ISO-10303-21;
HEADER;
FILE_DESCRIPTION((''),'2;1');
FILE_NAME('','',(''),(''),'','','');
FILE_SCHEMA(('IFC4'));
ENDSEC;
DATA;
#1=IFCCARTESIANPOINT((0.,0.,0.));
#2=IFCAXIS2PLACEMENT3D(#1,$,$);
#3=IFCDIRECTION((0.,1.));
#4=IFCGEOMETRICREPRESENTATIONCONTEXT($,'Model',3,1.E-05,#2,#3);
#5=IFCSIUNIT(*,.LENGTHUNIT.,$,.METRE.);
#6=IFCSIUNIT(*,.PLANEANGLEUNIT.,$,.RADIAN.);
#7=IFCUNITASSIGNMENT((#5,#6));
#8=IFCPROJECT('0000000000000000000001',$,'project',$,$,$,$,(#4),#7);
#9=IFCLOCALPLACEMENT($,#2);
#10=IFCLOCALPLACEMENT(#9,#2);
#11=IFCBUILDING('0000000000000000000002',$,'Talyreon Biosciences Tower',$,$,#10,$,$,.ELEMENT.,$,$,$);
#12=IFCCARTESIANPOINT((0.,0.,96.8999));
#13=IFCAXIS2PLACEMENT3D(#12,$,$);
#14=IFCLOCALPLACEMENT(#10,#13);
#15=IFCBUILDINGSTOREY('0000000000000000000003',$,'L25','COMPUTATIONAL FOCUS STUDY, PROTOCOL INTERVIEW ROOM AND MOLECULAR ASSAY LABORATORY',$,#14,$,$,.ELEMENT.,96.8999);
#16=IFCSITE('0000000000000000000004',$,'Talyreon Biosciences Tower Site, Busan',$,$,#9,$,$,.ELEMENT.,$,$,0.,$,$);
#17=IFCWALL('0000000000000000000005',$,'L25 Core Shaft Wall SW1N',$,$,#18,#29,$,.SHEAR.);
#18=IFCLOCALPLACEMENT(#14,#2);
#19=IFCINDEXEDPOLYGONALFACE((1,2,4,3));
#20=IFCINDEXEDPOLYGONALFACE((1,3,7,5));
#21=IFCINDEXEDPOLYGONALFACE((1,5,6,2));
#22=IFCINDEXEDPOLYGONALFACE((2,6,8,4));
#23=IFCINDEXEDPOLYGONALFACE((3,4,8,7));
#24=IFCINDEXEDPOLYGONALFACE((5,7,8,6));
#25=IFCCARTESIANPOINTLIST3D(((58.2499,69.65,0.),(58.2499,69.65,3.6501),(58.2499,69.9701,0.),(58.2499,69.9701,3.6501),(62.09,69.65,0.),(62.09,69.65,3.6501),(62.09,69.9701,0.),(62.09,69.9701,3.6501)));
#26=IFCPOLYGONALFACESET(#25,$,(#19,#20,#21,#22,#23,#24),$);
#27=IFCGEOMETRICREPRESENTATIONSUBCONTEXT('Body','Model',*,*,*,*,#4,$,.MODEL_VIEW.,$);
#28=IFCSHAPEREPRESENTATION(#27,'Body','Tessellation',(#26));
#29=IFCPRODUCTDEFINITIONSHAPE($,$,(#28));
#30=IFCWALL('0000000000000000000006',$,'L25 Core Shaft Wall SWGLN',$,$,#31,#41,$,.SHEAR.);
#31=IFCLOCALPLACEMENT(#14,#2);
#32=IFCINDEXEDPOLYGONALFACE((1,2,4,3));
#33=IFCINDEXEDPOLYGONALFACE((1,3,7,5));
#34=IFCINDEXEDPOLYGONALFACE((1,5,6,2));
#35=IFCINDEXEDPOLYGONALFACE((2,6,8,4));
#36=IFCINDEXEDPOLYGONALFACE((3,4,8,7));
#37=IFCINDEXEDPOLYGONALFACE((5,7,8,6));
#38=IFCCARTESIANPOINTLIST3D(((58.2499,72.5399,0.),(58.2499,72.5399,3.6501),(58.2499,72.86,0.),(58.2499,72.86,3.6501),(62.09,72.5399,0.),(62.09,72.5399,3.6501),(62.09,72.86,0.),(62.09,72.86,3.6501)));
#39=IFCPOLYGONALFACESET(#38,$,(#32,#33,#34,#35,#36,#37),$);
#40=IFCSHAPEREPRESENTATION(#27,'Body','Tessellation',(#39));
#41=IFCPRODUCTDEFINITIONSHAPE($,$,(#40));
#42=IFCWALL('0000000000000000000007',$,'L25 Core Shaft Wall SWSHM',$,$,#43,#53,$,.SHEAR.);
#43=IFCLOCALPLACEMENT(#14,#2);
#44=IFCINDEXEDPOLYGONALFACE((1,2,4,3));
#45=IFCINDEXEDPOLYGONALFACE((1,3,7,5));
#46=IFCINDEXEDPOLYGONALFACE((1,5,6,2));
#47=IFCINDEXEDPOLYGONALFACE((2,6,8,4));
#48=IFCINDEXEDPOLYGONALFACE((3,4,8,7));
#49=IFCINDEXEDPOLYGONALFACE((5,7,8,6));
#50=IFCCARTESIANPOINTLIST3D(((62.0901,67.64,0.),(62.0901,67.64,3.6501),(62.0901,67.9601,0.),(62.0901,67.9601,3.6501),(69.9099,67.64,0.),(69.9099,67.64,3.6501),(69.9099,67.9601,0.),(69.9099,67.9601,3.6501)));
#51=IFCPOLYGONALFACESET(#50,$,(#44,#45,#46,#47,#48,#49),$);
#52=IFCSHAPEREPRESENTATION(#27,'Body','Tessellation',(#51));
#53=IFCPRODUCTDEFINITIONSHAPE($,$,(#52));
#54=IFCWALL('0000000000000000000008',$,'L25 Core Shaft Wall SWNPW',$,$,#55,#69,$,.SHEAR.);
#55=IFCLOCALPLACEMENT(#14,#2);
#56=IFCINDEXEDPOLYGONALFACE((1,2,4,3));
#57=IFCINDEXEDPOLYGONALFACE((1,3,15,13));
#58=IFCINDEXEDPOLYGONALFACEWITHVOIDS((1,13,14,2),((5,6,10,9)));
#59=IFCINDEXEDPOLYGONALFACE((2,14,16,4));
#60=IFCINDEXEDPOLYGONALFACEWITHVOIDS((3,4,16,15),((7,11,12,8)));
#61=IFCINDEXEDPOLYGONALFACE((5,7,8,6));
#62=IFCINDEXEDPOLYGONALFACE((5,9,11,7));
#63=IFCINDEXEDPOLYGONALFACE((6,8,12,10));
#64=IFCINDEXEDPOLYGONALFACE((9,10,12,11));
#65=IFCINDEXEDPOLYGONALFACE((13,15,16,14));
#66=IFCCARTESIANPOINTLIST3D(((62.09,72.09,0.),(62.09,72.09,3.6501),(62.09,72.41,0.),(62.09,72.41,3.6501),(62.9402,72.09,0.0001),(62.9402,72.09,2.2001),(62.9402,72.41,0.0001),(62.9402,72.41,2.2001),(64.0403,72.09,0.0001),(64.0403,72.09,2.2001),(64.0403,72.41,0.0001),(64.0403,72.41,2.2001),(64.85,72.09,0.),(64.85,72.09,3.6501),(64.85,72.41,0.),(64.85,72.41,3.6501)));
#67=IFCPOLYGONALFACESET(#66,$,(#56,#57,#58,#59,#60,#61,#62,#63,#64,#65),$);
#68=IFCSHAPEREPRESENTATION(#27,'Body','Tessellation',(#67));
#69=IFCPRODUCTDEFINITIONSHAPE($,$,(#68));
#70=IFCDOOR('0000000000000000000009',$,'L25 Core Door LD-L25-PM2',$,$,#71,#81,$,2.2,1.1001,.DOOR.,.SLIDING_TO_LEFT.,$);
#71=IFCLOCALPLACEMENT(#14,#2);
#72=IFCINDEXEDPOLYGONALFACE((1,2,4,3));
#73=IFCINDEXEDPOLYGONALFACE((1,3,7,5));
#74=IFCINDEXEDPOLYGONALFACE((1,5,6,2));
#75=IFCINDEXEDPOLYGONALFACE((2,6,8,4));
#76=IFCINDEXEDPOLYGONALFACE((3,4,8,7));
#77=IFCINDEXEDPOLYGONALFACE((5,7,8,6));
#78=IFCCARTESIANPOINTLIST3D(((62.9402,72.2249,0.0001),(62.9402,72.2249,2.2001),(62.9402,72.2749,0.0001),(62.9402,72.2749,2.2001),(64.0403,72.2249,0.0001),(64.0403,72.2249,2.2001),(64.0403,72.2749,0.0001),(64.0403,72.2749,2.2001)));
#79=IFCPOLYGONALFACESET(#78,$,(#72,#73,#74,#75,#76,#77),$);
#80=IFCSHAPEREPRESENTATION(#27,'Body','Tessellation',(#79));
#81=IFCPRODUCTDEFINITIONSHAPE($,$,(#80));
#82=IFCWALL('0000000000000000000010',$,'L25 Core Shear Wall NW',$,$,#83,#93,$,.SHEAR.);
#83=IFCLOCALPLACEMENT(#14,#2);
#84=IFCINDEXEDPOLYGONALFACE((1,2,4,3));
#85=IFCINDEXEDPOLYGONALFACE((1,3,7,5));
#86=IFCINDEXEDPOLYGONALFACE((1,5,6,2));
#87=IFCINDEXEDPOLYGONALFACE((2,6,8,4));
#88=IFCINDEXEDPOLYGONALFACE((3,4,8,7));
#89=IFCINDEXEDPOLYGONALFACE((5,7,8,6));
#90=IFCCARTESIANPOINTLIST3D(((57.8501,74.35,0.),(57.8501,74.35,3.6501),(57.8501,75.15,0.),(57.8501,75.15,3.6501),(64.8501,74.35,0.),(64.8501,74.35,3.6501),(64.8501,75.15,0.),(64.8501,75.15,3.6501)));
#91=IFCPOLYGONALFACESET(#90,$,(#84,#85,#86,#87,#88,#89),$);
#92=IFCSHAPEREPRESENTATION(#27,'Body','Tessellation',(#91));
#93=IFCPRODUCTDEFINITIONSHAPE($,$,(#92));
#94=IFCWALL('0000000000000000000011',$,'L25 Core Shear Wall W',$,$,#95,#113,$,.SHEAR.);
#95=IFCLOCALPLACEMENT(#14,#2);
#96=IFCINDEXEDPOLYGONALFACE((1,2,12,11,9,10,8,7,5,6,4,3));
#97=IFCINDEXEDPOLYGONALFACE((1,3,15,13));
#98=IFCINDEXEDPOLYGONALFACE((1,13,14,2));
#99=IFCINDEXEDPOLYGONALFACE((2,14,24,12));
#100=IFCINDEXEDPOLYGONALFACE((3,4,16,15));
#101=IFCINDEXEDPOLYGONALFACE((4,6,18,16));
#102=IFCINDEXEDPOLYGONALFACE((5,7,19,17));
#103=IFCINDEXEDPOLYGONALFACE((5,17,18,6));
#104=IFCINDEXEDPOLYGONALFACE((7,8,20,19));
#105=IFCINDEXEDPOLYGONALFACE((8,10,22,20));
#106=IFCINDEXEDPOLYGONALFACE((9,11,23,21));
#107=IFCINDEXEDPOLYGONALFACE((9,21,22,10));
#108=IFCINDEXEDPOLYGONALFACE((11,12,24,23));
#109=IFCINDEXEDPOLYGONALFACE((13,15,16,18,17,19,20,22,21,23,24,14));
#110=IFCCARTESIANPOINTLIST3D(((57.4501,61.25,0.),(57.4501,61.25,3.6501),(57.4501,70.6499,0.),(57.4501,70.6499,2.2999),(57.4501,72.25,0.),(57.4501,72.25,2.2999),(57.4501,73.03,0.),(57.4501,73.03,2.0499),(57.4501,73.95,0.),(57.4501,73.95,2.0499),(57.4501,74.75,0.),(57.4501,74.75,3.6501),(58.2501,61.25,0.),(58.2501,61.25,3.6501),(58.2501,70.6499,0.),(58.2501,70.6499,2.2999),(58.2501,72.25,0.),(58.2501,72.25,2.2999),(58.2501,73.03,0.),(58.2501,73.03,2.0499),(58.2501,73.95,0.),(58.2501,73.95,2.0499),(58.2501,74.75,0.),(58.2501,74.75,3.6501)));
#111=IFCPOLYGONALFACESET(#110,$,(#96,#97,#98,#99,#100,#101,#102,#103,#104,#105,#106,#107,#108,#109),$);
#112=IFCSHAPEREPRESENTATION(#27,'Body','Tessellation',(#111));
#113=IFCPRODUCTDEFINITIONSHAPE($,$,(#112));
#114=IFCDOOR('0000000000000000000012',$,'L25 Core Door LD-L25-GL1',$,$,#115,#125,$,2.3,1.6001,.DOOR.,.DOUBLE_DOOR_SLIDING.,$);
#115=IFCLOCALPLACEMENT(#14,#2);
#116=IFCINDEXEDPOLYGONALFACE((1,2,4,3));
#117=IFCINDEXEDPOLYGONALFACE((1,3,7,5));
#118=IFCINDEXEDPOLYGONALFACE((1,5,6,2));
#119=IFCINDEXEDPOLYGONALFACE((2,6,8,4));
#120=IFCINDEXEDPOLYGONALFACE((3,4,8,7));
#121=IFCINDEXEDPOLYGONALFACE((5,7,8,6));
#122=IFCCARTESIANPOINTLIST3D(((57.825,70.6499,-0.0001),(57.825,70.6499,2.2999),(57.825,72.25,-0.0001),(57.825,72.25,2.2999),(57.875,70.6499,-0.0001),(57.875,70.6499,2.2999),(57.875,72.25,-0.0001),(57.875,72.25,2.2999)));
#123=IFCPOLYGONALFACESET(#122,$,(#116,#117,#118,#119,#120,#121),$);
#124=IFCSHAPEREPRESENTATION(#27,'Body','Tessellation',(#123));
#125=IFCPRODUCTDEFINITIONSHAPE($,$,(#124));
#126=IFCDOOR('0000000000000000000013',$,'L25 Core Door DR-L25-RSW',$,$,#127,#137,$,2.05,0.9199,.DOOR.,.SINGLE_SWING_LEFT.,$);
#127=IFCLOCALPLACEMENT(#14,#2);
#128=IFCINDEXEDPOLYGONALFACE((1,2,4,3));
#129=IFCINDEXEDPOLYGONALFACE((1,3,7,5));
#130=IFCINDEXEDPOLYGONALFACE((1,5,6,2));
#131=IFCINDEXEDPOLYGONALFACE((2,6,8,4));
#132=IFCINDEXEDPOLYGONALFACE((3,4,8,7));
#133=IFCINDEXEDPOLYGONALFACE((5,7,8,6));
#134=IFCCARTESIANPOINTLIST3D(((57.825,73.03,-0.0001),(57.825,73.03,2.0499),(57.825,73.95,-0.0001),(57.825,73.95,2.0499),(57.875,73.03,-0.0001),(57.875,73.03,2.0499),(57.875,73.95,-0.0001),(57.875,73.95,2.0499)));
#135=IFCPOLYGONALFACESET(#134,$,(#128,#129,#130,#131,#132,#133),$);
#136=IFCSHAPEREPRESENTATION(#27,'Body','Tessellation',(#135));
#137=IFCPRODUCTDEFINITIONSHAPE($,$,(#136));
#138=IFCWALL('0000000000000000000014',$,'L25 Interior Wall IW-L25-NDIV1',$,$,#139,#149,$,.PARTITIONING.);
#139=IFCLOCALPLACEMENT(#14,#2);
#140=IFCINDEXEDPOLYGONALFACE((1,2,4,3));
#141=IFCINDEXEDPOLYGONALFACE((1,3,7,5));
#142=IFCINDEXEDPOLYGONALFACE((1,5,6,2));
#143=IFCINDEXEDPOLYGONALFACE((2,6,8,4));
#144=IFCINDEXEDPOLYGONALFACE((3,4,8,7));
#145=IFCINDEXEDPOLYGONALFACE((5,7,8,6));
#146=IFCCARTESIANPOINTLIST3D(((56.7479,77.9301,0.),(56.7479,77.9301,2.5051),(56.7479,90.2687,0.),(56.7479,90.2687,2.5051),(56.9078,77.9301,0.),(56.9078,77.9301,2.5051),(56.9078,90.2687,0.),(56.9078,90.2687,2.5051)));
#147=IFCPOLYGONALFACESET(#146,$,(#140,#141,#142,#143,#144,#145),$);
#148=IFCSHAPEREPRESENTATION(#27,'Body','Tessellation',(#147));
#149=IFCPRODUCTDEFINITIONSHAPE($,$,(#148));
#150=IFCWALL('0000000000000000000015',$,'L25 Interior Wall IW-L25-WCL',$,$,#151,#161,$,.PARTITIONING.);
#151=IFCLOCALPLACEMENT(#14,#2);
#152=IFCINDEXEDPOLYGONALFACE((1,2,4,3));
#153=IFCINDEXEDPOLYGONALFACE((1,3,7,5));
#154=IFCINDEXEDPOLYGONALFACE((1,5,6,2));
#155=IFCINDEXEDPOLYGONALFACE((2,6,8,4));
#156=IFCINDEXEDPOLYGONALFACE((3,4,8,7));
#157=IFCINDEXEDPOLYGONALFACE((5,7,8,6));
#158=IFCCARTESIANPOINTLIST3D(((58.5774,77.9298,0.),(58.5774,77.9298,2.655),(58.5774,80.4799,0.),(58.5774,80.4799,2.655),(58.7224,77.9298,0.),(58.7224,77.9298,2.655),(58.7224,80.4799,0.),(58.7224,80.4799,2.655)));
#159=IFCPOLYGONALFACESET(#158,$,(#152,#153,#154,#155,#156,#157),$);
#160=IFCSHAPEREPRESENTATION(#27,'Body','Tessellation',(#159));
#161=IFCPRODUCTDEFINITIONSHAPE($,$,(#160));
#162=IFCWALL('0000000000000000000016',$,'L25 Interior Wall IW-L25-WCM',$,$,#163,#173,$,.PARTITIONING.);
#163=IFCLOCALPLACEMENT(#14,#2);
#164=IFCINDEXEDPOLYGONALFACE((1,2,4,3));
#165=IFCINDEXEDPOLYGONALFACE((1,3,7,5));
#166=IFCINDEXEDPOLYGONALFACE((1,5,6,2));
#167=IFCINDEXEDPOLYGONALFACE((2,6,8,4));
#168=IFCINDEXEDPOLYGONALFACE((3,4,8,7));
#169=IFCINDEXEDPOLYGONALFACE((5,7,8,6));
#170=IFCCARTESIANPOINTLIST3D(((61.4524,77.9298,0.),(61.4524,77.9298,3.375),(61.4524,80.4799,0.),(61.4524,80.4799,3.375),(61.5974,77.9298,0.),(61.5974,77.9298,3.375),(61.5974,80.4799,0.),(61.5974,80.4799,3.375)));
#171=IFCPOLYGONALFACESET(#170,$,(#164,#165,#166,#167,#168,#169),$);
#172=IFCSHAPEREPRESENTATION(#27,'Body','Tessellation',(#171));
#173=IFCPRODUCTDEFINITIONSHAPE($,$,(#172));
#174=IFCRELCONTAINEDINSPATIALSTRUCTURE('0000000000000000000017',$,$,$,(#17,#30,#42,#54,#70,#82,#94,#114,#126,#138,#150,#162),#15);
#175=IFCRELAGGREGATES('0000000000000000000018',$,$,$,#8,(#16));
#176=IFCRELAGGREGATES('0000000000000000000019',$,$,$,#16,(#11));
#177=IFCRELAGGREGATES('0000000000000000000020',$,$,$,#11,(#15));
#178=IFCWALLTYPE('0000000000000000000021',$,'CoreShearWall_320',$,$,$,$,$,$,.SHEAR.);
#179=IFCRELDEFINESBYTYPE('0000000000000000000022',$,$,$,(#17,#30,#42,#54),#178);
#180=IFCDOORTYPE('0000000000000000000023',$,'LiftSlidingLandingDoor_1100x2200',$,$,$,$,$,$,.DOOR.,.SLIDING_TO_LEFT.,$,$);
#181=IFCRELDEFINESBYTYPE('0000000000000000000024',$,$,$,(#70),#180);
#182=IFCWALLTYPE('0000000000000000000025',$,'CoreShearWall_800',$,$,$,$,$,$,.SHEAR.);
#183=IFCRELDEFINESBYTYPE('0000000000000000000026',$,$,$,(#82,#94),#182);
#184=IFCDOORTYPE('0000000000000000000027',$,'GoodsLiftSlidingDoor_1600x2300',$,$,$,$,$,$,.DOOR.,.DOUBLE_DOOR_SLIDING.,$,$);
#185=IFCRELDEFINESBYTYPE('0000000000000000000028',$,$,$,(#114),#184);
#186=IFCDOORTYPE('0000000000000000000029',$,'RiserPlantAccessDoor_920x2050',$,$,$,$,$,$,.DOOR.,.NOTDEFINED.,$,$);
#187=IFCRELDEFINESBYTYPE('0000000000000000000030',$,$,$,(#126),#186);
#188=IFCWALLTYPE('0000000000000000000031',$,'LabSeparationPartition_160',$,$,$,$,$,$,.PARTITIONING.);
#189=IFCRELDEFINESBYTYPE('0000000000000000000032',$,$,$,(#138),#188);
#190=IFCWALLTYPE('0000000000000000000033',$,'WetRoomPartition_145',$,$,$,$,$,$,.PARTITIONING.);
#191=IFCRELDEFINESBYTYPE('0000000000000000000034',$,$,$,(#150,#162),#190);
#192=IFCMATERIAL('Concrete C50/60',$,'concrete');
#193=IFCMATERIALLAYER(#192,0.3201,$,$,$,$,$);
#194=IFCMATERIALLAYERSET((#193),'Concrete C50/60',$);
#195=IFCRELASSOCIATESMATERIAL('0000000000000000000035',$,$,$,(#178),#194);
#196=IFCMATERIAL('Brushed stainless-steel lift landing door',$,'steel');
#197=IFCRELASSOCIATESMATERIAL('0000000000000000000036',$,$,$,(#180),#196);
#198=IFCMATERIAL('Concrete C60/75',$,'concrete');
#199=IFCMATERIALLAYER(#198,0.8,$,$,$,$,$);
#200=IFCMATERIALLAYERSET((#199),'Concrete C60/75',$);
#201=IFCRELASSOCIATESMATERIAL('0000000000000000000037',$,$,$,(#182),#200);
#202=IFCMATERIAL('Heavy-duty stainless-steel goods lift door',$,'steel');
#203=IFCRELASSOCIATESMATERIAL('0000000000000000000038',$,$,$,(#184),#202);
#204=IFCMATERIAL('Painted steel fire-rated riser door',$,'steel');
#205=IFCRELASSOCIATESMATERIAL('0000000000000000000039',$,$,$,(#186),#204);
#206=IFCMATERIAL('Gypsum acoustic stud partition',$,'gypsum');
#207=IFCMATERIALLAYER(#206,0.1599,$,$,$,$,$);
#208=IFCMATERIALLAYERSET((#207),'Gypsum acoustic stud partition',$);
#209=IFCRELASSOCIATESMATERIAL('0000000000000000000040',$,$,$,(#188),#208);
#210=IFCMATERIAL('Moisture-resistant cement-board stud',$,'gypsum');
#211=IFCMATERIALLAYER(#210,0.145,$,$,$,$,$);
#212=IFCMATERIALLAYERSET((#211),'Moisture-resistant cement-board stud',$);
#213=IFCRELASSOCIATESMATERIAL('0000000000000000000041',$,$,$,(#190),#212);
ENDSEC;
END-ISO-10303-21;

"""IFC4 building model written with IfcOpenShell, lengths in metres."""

from ifc_helpers import new_model, si_unit, direction, frame, frame_2d, origin, place, context, subcontext, project, spatial, rectangle, extrude, material, layer, layer_set, type_object, element, fill, save


model = new_model("IFC4")

# Units and contexts
model_context = context("Model", 3, precision=1e-05, world=origin(), true_north=direction((0.0, 1.0)))
body_context = subcontext(model_context, "Body", "Model", "MODEL_VIEW")
ifc_project = project(units=[si_unit("LENGTHUNIT", "METRE"), si_unit("PLANEANGLEUNIT", "RADIAN")], contexts=[model_context])

# Site, building, storey
site_placement = place(None, origin())
site = spatial("IfcSite", under=ifc_project, at=site_placement, Name="Talyreon Biosciences Tower Site, Busan", CompositionType="ELEMENT", RefElevation=0.0)
building_placement = place(site_placement, origin())
building = spatial("IfcBuilding", under=site, at=building_placement, Name="Talyreon Biosciences Tower", CompositionType="ELEMENT")
storey_placement = place(building_placement, frame((0.0, 0.0, 96.8999)))
storey = spatial("IfcBuildingStorey", under=building, at=storey_placement, Name="L25", Description="COMPUTATIONAL FOCUS STUDY, PROTOCOL INTERVIEW ROOM AND MOLECULAR ASSAY LABORATORY", CompositionType="ELEMENT", Elevation=96.8999)

# Shared definitions
ifc_material_1 = material(Name="Concrete C50/60", Category="concrete")

# Shared definitions
ifc_material_2 = material(Name="Concrete C60/75", Category="concrete")

# Walls
ifc_layer_1 = layer(ifc_material_1, 0.3201)
ifc_layer_set_1 = layer_set([ifc_layer_1], Name="Concrete C50/60")
wall_type_1 = type_object("IfcWallType", Name="CoreShearWall_320", PredefinedType="SHEAR", material=ifc_layer_set_1)
for number, where, z_axis, x_axis, name in (
    (1, (58.25, 69.8101, 0.0), (0.0, 0.0, 1.0), (1.0, 0.0, 0.0), "L25 Core Shaft Wall SW1N"),
    (2, (58.25, 72.7, 0.0), (0.0, 0.0, 1.0), (1.0, 0.0, 0.0), "L25 Core Shaft Wall SWGLN"),
):
    element("IfcWall", number, at=place(storey_placement, frame(where, z_axis=z_axis, x_axis=x_axis)), inside=storey, type_object=wall_type_1, Name=name, PredefinedType="SHEAR", context=body_context, shape_type="SweptSolid", body=[
        extrude(rectangle(XDim=3.8401, YDim=0.3201, at=frame_2d((1.9199, 0.0))), origin(), (0.0, 0.0, 1.0), 3.6501),
    ])
wall_1_placement = place(storey_placement, frame((62.0901, 67.8, 0.0), z_axis=(0.0, 0.0, 1.0), x_axis=(1.0, 0.0, 0.0)))
element("IfcWall", 3, at=wall_1_placement, inside=storey, type_object=wall_type_1, Name="L25 Core Shaft Wall SWSHM", PredefinedType="SHEAR", context=body_context, shape_type="SweptSolid", body=[
    extrude(rectangle(XDim=7.8198, YDim=0.3201, at=frame_2d((3.9099, 0.0))), origin(), (0.0, 0.0, 1.0), 3.6501),
])

# Shared definitions
ifc_material_3 = material(Name="Brushed stainless-steel lift landing door", Category="steel")
door_type_1 = type_object("IfcDoorType", Name="LiftSlidingLandingDoor_1100x2200", OperationType="SLIDING_TO_LEFT", PredefinedType="DOOR", material=ifc_material_3)

# Wall, opening, door
wall_2_placement = place(storey_placement, frame((62.0901, 72.25, 0.0), z_axis=(0.0, 0.0, 1.0), x_axis=(1.0, 0.0, 0.0)))
wall_2 = element("IfcWall", 4, at=wall_2_placement, inside=storey, type_object=wall_type_1, Name="L25 Core Shaft Wall SWNPW", PredefinedType="SHEAR", context=body_context, shape_type="SweptSolid", body=[
    extrude(rectangle(XDim=2.76, YDim=0.3201, at=frame_2d((1.3799, 0.0))), origin(), (0.0, 0.0, 1.0), 3.6501),
])
opening_1_placement = place(wall_2_placement, frame((0.8501, 0.0, 0.0)))
opening_1 = element("IfcOpeningElement", 5, at=opening_1_placement, cuts=wall_2, PredefinedType="OPENING", context=body_context, shape_type="SweptSolid", body=[
    extrude(rectangle(XDim=1.1001, YDim=2.2, at=frame_2d((0.55, 1.1001))), frame((0.0, 0.1699, 0.0), z_axis=(0.0, -1.0, 0.0), x_axis=(1.0, 0.0, 0.0)), (0.0, 0.0, 1.0), 0.3401),
])
door_1_placement = place(opening_1_placement, origin())
door_1 = element("IfcDoor", 6, at=door_1_placement, inside=storey, type_object=door_type_1, Name="L25 Core Door LD-L25-PM2", OperationType="SLIDING_TO_LEFT", OverallHeight=2.2, OverallWidth=1.1001, PredefinedType="DOOR", context=body_context, shape_type="SweptSolid", body=[
    extrude(rectangle(XDim=1.1001, YDim=2.2, at=frame_2d((0.55, 1.1001))), frame((0.0, 0.0249, 0.0), z_axis=(0.0, -1.0, 0.0), x_axis=(1.0, 0.0, 0.0)), (0.0, 0.0, 1.0), 0.05),
])
fill(opening_1, door_1)

# Wall
ifc_layer_2 = layer(ifc_material_2, 0.8)
ifc_layer_set_2 = layer_set([ifc_layer_2], Name="Concrete C60/75")
wall_type_2 = type_object("IfcWallType", Name="CoreShearWall_800", PredefinedType="SHEAR", material=ifc_layer_set_2)
wall_3_placement = place(storey_placement, frame((64.8501, 74.75, 0.0), z_axis=(0.0, 0.0, 1.0), x_axis=(-1.0, 0.0, 0.0)))
element("IfcWall", 7, at=wall_3_placement, inside=storey, type_object=wall_type_2, Name="L25 Core Shear Wall NW", PredefinedType="SHEAR", context=body_context, shape_type="SweptSolid", body=[
    extrude(rectangle(XDim=7.0, YDim=0.8, at=frame_2d((3.5, 0.0))), origin(), (0.0, 0.0, 1.0), 3.6501),
])

# Wall, openings, doors
wall_4_placement = place(storey_placement, frame((57.8501, 74.75, 0.0), z_axis=(0.0, 0.0, 1.0), x_axis=(0.0, -1.0, 0.0)))
wall_4 = element("IfcWall", 8, at=wall_4_placement, inside=storey, type_object=wall_type_2, Name="L25 Core Shear Wall W", PredefinedType="SHEAR", context=body_context, shape_type="SweptSolid", body=[
    extrude(rectangle(XDim=13.5, YDim=0.8, at=frame_2d((6.75, 0.0))), origin(), (0.0, 0.0, 1.0), 3.6501),
])
opening_2_placement = place(wall_4_placement, frame((0.8, 0.0, 0.0)))
opening_2 = element("IfcOpeningElement", 9, at=opening_2_placement, cuts=wall_4, PredefinedType="OPENING", context=body_context, shape_type="SweptSolid", body=[
    extrude(rectangle(XDim=0.9199, YDim=2.05, at=frame_2d((0.46, 1.0249))), frame((0.0, 0.4099, 0.0), z_axis=(0.0, -1.0, 0.0), x_axis=(1.0, 0.0, 0.0)), (0.0, 0.0, 1.0), 0.8201),
])
opening_3_placement = place(wall_4_placement, frame((2.5, 0.0, 0.0)))
opening_3 = element("IfcOpeningElement", 10, at=opening_3_placement, cuts=wall_4, PredefinedType="OPENING", context=body_context, shape_type="SweptSolid", body=[
    extrude(rectangle(XDim=1.6001, YDim=2.3, at=frame_2d((0.8, 1.1499))), frame((0.0, 0.4099, 0.0), z_axis=(0.0, -1.0, 0.0), x_axis=(1.0, 0.0, 0.0)), (0.0, 0.0, 1.0), 0.8201),
])
ifc_material_4 = material(Name="Heavy-duty stainless-steel goods lift door", Category="steel")
door_type_2 = type_object("IfcDoorType", Name="GoodsLiftSlidingDoor_1600x2300", OperationType="DOUBLE_DOOR_SLIDING", PredefinedType="DOOR", material=ifc_material_4)
door_2_placement = place(opening_3_placement, origin())
door_2 = element("IfcDoor", 11, at=door_2_placement, inside=storey, type_object=door_type_2, Name="L25 Core Door LD-L25-GL1", OperationType="DOUBLE_DOOR_SLIDING", OverallHeight=2.3, OverallWidth=1.6001, PredefinedType="DOOR", context=body_context, shape_type="SweptSolid", body=[
    extrude(rectangle(XDim=1.6001, YDim=2.3, at=frame_2d((0.8, 1.1499))), frame((0.0, 0.0249, 0.0), z_axis=(0.0, -1.0, 0.0), x_axis=(1.0, 0.0, 0.0)), (0.0, 0.0, 1.0), 0.05),
])
fill(opening_3, door_2)
ifc_material_5 = material(Name="Painted steel fire-rated riser door", Category="steel")
door_type_3 = type_object("IfcDoorType", Name="RiserPlantAccessDoor_920x2050", OperationType="NOTDEFINED", PredefinedType="DOOR", material=ifc_material_5)
door_3_placement = place(opening_2_placement, origin())
door_3 = element("IfcDoor", 12, at=door_3_placement, inside=storey, type_object=door_type_3, Name="L25 Core Door DR-L25-RSW", OperationType="SINGLE_SWING_LEFT", OverallHeight=2.05, OverallWidth=0.9199, PredefinedType="DOOR", context=body_context, shape_type="SweptSolid", body=[
    extrude(rectangle(XDim=0.9199, YDim=2.05, at=frame_2d((0.46, 1.0249))), frame((0.0, 0.0249, 0.0), z_axis=(0.0, -1.0, 0.0), x_axis=(1.0, 0.0, 0.0)), (0.0, 0.0, 1.0), 0.05),
])
fill(opening_2, door_3)

# Walls
ifc_material_6 = material(Name="Gypsum acoustic stud partition", Category="gypsum")
ifc_layer_3 = layer(ifc_material_6, 0.1599)
ifc_layer_set_3 = layer_set([ifc_layer_3], Name="Gypsum acoustic stud partition")
wall_type_3 = type_object("IfcWallType", Name="LabSeparationPartition_160", PredefinedType="PARTITIONING", material=ifc_layer_set_3)
wall_5_placement = place(storey_placement, frame((56.8279, 77.9299, 0.0), z_axis=(0.0, 0.0, 1.0), x_axis=(0.0, 1.0, 0.0)))
element("IfcWall", 13, at=wall_5_placement, inside=storey, type_object=wall_type_3, Name="L25 Interior Wall IW-L25-NDIV1", PredefinedType="PARTITIONING", context=body_context, shape_type="SweptSolid", body=[
    extrude(rectangle(XDim=12.3386, YDim=0.1599, at=frame_2d((6.1694, 0.0))), origin(), (0.0, 0.0, 1.0), 2.5051),
])
ifc_material_7 = material(Name="Moisture-resistant cement-board stud", Category="gypsum")
ifc_layer_4 = layer(ifc_material_7, 0.145)
ifc_layer_set_4 = layer_set([ifc_layer_4], Name="Moisture-resistant cement-board stud")
wall_type_4 = type_object("IfcWallType", Name="WetRoomPartition_145", PredefinedType="PARTITIONING", material=ifc_layer_set_4)
wall_6_placement = place(storey_placement, frame((58.6499, 77.9299, 0.0), z_axis=(0.0, 0.0, 1.0), x_axis=(0.0, 1.0, 0.0)))
element("IfcWall", 14, at=wall_6_placement, inside=storey, type_object=wall_type_4, Name="L25 Interior Wall IW-L25-WCL", PredefinedType="PARTITIONING", context=body_context, shape_type="SweptSolid", body=[
    extrude(rectangle(XDim=2.55, YDim=0.145, at=frame_2d((1.2749, 0.0))), origin(), (0.0, 0.0, 1.0), 2.655),
])
for number, where, z_axis, x_axis, name in (
    (15, (61.5249, 77.9299, 0.0), (0.0, 0.0, 1.0), (0.0, 1.0, 0.0), "L25 Interior Wall IW-L25-WCM"),
):
    element("IfcWall", number, at=place(storey_placement, frame(where, z_axis=z_axis, x_axis=x_axis)), inside=storey, type_object=wall_type_4, Name=name, PredefinedType="PARTITIONING", context=body_context, shape_type="SweptSolid", body=[
        extrude(rectangle(XDim=2.55, YDim=0.145, at=frame_2d((1.2749, 0.0))), origin(), (0.0, 0.0, 1.0), 3.375),
    ])

save(model, "model.ifc")
